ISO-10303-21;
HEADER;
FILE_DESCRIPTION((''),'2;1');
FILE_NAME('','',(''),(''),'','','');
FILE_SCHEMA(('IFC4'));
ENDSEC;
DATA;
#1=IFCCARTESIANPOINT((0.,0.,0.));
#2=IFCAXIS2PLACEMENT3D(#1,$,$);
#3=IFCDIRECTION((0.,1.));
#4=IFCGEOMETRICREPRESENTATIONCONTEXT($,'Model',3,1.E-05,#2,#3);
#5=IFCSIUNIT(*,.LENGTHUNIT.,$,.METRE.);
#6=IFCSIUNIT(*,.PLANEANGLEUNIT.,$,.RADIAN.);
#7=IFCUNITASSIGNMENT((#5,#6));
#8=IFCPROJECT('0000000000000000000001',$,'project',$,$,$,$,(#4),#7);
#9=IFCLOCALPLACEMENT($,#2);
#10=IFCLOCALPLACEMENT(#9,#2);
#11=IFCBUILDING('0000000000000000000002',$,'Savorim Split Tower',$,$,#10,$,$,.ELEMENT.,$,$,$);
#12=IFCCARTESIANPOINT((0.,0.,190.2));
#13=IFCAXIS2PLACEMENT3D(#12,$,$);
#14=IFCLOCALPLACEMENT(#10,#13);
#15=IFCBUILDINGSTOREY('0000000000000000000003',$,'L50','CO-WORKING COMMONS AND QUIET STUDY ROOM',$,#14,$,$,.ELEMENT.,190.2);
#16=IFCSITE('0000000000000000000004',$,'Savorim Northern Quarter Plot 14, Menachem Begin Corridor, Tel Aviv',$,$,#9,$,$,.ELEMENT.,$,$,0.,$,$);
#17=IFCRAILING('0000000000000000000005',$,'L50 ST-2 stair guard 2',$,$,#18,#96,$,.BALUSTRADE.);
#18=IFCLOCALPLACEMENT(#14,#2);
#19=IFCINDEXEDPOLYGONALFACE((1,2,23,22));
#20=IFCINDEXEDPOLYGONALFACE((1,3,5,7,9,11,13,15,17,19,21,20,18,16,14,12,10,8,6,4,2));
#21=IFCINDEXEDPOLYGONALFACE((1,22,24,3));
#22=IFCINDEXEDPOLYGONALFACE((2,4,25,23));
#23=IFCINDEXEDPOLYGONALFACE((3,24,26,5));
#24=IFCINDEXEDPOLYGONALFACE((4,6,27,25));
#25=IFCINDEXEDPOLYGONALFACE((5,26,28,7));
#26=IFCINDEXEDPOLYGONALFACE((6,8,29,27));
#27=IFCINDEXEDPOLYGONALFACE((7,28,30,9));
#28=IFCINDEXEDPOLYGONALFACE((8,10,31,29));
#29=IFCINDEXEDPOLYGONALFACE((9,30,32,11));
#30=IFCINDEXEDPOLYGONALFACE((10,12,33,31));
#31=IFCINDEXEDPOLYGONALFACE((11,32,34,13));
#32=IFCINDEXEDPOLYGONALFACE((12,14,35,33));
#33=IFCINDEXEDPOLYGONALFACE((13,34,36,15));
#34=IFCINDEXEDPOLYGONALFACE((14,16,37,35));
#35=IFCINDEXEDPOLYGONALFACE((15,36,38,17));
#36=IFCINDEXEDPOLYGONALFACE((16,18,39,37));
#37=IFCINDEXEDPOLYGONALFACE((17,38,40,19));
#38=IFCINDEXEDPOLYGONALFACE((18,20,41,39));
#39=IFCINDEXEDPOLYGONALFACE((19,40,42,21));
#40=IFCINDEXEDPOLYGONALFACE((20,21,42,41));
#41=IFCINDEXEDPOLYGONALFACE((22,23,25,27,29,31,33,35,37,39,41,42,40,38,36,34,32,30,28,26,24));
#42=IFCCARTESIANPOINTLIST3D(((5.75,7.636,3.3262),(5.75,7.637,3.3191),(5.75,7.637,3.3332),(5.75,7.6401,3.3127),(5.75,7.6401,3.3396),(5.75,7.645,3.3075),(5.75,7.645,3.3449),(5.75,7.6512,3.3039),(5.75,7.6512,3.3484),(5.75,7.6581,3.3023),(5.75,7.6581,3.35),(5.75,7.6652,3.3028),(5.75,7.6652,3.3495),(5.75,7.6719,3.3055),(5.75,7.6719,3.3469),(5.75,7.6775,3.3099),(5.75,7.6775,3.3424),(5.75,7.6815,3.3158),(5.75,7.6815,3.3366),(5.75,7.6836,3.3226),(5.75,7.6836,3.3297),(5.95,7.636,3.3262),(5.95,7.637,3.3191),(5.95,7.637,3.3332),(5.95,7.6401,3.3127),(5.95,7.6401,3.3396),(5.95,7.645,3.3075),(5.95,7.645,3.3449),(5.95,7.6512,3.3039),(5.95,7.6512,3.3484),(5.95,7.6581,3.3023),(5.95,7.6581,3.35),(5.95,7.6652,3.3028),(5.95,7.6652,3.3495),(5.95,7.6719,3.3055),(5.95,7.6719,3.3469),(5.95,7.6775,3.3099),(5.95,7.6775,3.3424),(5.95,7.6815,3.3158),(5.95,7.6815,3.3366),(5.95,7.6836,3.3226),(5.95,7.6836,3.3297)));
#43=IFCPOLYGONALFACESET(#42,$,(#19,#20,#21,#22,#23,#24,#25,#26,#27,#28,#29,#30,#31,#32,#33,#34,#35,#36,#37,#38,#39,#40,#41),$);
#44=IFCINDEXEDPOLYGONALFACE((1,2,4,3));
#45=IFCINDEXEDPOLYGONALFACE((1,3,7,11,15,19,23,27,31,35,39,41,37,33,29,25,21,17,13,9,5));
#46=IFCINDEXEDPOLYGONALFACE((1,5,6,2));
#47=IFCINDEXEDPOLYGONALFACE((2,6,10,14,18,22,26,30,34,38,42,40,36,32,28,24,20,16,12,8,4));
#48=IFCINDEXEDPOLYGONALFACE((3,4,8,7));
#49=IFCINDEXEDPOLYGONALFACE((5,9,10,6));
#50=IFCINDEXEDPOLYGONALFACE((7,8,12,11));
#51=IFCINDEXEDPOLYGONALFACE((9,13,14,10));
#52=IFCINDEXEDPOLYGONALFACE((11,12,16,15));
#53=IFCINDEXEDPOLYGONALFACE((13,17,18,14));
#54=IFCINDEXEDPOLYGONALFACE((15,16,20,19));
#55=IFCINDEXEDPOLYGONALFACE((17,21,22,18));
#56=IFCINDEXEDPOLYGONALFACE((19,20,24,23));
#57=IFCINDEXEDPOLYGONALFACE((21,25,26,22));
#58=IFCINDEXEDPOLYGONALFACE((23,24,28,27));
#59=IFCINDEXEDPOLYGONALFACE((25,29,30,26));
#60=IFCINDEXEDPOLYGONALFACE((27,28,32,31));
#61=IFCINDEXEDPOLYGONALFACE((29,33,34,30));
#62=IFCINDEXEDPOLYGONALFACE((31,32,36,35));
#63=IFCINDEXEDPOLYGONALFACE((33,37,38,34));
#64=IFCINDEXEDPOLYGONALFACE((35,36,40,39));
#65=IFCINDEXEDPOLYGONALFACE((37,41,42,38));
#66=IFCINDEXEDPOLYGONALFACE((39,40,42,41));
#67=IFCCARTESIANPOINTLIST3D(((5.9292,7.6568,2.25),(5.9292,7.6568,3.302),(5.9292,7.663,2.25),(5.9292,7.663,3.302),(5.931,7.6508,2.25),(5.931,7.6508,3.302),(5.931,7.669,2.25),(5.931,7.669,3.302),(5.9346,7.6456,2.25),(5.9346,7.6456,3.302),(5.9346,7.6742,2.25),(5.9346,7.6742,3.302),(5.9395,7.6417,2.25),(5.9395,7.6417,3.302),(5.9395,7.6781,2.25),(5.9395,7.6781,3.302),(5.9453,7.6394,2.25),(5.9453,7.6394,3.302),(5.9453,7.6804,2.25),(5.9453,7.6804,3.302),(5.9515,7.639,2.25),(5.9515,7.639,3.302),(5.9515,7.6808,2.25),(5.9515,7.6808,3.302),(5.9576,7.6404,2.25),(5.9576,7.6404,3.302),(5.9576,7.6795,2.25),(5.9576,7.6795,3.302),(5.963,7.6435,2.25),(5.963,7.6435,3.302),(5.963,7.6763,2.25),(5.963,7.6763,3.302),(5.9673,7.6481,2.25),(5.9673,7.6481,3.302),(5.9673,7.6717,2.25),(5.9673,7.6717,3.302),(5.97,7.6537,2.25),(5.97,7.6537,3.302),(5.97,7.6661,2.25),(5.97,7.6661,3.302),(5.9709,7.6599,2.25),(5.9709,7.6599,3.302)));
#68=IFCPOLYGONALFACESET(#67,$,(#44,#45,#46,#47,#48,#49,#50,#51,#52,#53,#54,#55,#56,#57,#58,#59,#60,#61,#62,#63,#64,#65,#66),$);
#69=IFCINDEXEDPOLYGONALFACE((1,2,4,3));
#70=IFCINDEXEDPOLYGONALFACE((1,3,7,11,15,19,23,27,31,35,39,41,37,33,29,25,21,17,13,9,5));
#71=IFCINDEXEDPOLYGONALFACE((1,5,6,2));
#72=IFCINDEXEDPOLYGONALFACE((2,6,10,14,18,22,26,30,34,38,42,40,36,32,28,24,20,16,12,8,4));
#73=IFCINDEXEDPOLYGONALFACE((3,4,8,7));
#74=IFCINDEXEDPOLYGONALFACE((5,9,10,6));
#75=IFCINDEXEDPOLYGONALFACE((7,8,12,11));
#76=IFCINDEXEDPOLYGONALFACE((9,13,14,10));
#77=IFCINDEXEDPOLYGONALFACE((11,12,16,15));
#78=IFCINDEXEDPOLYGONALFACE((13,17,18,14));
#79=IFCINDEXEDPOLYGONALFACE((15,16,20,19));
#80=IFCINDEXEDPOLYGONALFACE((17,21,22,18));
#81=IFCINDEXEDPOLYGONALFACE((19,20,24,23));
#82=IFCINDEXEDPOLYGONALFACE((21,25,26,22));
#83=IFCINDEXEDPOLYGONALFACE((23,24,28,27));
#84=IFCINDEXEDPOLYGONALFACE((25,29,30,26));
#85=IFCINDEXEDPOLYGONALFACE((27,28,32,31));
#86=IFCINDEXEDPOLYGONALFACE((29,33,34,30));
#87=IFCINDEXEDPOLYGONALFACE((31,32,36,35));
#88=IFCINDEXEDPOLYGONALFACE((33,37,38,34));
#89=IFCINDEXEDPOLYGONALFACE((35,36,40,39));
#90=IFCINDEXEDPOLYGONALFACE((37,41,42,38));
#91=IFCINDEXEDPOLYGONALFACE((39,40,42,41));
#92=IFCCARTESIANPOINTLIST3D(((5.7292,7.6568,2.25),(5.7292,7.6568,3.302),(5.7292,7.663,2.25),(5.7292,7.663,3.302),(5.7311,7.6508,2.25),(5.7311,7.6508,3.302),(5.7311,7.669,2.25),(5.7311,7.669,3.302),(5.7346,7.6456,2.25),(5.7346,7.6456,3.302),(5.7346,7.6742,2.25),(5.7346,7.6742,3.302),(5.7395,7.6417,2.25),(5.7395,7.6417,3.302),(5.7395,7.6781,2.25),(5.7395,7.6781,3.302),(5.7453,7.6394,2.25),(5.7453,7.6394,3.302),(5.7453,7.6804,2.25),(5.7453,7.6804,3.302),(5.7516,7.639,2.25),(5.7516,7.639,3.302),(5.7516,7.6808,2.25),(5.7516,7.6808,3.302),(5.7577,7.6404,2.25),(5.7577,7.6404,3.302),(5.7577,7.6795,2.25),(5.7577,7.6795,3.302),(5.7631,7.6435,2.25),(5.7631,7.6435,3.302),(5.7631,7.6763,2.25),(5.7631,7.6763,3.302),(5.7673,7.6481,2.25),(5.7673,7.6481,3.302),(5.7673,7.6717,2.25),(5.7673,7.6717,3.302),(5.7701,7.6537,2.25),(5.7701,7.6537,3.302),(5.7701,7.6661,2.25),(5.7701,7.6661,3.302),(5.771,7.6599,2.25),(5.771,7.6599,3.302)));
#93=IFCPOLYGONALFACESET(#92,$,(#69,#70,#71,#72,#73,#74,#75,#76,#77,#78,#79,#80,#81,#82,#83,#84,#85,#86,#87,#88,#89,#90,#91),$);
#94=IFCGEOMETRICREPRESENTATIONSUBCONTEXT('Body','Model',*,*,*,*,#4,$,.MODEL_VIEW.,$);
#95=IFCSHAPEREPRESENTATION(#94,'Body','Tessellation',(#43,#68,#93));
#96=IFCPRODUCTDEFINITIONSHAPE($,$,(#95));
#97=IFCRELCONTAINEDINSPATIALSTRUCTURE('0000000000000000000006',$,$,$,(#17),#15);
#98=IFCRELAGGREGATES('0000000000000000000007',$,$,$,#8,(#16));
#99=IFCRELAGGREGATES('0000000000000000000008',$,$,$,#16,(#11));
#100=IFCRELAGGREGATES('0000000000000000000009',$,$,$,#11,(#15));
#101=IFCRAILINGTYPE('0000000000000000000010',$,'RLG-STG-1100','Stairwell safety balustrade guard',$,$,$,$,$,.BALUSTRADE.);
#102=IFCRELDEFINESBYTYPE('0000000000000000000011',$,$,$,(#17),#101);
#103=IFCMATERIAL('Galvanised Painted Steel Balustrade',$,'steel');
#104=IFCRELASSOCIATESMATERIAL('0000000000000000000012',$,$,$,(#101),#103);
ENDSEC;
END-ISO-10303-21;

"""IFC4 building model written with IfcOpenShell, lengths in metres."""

from ifc_helpers import new_model, si_unit, direction, frame, origin, origin_2d, place, context, subcontext, project, spatial, circle, extrude, material, type_object, element, save


model = new_model("IFC4")

# Units and contexts
model_context = context("Model", 3, precision=1e-05, world=origin(), true_north=direction((0.0, 1.0)))
body_context = subcontext(model_context, "Body", "Model", "MODEL_VIEW")
ifc_project = project(units=[si_unit("LENGTHUNIT", "METRE"), si_unit("PLANEANGLEUNIT", "RADIAN")], contexts=[model_context])

# Site, building, storey
site_placement = place(None, origin())
site = spatial("IfcSite", under=ifc_project, at=site_placement, Name="Savorim Northern Quarter Plot 14, Menachem Begin Corridor, Tel Aviv", CompositionType="ELEMENT", RefElevation=0.0)
building_placement = place(site_placement, origin())
building = spatial("IfcBuilding", under=site, at=building_placement, Name="Savorim Split Tower", CompositionType="ELEMENT")
storey_placement = place(building_placement, frame((0.0, 0.0, 190.2)))
storey = spatial("IfcBuildingStorey", under=building, at=storey_placement, Name="L50", Description="CO-WORKING COMMONS AND QUIET STUDY ROOM", CompositionType="ELEMENT", Elevation=190.2)

# Railing
ifc_material_1 = material(Name="Galvanised Painted Steel Balustrade", Category="steel")
railing_type_1 = type_object("IfcRailingType", Name="RLG-STG-1100", Description="Stairwell safety balustrade guard", PredefinedType="BALUSTRADE", material=ifc_material_1)
railing_1_placement = place(storey_placement, frame((5.95, 7.6599, 2.25)))
element("IfcRailing", 1, at=railing_1_placement, inside=storey, type_object=railing_type_1, Name="L50 ST-2 stair guard 2", PredefinedType="BALUSTRADE", context=body_context, shape_type="SweptSolid", body=[
    extrude(circle(Radius=0.0239, at=origin_2d()), frame((0.0, 0.0, 1.0762), z_axis=(-1.0, 0.0, 0.0), x_axis=(0.0, -1.0, 0.0)), (0.0, 0.0, 1.0), 0.2),
    extrude(circle(Radius=0.021, at=origin_2d()), origin(), (0.0, 0.0, 1.0), 1.052),
    extrude(circle(Radius=0.021, at=origin_2d()), frame((-0.2, 0.0, 0.0)), (0.0, 0.0, 1.0), 1.052),
])

save(model, "model.ifc")
